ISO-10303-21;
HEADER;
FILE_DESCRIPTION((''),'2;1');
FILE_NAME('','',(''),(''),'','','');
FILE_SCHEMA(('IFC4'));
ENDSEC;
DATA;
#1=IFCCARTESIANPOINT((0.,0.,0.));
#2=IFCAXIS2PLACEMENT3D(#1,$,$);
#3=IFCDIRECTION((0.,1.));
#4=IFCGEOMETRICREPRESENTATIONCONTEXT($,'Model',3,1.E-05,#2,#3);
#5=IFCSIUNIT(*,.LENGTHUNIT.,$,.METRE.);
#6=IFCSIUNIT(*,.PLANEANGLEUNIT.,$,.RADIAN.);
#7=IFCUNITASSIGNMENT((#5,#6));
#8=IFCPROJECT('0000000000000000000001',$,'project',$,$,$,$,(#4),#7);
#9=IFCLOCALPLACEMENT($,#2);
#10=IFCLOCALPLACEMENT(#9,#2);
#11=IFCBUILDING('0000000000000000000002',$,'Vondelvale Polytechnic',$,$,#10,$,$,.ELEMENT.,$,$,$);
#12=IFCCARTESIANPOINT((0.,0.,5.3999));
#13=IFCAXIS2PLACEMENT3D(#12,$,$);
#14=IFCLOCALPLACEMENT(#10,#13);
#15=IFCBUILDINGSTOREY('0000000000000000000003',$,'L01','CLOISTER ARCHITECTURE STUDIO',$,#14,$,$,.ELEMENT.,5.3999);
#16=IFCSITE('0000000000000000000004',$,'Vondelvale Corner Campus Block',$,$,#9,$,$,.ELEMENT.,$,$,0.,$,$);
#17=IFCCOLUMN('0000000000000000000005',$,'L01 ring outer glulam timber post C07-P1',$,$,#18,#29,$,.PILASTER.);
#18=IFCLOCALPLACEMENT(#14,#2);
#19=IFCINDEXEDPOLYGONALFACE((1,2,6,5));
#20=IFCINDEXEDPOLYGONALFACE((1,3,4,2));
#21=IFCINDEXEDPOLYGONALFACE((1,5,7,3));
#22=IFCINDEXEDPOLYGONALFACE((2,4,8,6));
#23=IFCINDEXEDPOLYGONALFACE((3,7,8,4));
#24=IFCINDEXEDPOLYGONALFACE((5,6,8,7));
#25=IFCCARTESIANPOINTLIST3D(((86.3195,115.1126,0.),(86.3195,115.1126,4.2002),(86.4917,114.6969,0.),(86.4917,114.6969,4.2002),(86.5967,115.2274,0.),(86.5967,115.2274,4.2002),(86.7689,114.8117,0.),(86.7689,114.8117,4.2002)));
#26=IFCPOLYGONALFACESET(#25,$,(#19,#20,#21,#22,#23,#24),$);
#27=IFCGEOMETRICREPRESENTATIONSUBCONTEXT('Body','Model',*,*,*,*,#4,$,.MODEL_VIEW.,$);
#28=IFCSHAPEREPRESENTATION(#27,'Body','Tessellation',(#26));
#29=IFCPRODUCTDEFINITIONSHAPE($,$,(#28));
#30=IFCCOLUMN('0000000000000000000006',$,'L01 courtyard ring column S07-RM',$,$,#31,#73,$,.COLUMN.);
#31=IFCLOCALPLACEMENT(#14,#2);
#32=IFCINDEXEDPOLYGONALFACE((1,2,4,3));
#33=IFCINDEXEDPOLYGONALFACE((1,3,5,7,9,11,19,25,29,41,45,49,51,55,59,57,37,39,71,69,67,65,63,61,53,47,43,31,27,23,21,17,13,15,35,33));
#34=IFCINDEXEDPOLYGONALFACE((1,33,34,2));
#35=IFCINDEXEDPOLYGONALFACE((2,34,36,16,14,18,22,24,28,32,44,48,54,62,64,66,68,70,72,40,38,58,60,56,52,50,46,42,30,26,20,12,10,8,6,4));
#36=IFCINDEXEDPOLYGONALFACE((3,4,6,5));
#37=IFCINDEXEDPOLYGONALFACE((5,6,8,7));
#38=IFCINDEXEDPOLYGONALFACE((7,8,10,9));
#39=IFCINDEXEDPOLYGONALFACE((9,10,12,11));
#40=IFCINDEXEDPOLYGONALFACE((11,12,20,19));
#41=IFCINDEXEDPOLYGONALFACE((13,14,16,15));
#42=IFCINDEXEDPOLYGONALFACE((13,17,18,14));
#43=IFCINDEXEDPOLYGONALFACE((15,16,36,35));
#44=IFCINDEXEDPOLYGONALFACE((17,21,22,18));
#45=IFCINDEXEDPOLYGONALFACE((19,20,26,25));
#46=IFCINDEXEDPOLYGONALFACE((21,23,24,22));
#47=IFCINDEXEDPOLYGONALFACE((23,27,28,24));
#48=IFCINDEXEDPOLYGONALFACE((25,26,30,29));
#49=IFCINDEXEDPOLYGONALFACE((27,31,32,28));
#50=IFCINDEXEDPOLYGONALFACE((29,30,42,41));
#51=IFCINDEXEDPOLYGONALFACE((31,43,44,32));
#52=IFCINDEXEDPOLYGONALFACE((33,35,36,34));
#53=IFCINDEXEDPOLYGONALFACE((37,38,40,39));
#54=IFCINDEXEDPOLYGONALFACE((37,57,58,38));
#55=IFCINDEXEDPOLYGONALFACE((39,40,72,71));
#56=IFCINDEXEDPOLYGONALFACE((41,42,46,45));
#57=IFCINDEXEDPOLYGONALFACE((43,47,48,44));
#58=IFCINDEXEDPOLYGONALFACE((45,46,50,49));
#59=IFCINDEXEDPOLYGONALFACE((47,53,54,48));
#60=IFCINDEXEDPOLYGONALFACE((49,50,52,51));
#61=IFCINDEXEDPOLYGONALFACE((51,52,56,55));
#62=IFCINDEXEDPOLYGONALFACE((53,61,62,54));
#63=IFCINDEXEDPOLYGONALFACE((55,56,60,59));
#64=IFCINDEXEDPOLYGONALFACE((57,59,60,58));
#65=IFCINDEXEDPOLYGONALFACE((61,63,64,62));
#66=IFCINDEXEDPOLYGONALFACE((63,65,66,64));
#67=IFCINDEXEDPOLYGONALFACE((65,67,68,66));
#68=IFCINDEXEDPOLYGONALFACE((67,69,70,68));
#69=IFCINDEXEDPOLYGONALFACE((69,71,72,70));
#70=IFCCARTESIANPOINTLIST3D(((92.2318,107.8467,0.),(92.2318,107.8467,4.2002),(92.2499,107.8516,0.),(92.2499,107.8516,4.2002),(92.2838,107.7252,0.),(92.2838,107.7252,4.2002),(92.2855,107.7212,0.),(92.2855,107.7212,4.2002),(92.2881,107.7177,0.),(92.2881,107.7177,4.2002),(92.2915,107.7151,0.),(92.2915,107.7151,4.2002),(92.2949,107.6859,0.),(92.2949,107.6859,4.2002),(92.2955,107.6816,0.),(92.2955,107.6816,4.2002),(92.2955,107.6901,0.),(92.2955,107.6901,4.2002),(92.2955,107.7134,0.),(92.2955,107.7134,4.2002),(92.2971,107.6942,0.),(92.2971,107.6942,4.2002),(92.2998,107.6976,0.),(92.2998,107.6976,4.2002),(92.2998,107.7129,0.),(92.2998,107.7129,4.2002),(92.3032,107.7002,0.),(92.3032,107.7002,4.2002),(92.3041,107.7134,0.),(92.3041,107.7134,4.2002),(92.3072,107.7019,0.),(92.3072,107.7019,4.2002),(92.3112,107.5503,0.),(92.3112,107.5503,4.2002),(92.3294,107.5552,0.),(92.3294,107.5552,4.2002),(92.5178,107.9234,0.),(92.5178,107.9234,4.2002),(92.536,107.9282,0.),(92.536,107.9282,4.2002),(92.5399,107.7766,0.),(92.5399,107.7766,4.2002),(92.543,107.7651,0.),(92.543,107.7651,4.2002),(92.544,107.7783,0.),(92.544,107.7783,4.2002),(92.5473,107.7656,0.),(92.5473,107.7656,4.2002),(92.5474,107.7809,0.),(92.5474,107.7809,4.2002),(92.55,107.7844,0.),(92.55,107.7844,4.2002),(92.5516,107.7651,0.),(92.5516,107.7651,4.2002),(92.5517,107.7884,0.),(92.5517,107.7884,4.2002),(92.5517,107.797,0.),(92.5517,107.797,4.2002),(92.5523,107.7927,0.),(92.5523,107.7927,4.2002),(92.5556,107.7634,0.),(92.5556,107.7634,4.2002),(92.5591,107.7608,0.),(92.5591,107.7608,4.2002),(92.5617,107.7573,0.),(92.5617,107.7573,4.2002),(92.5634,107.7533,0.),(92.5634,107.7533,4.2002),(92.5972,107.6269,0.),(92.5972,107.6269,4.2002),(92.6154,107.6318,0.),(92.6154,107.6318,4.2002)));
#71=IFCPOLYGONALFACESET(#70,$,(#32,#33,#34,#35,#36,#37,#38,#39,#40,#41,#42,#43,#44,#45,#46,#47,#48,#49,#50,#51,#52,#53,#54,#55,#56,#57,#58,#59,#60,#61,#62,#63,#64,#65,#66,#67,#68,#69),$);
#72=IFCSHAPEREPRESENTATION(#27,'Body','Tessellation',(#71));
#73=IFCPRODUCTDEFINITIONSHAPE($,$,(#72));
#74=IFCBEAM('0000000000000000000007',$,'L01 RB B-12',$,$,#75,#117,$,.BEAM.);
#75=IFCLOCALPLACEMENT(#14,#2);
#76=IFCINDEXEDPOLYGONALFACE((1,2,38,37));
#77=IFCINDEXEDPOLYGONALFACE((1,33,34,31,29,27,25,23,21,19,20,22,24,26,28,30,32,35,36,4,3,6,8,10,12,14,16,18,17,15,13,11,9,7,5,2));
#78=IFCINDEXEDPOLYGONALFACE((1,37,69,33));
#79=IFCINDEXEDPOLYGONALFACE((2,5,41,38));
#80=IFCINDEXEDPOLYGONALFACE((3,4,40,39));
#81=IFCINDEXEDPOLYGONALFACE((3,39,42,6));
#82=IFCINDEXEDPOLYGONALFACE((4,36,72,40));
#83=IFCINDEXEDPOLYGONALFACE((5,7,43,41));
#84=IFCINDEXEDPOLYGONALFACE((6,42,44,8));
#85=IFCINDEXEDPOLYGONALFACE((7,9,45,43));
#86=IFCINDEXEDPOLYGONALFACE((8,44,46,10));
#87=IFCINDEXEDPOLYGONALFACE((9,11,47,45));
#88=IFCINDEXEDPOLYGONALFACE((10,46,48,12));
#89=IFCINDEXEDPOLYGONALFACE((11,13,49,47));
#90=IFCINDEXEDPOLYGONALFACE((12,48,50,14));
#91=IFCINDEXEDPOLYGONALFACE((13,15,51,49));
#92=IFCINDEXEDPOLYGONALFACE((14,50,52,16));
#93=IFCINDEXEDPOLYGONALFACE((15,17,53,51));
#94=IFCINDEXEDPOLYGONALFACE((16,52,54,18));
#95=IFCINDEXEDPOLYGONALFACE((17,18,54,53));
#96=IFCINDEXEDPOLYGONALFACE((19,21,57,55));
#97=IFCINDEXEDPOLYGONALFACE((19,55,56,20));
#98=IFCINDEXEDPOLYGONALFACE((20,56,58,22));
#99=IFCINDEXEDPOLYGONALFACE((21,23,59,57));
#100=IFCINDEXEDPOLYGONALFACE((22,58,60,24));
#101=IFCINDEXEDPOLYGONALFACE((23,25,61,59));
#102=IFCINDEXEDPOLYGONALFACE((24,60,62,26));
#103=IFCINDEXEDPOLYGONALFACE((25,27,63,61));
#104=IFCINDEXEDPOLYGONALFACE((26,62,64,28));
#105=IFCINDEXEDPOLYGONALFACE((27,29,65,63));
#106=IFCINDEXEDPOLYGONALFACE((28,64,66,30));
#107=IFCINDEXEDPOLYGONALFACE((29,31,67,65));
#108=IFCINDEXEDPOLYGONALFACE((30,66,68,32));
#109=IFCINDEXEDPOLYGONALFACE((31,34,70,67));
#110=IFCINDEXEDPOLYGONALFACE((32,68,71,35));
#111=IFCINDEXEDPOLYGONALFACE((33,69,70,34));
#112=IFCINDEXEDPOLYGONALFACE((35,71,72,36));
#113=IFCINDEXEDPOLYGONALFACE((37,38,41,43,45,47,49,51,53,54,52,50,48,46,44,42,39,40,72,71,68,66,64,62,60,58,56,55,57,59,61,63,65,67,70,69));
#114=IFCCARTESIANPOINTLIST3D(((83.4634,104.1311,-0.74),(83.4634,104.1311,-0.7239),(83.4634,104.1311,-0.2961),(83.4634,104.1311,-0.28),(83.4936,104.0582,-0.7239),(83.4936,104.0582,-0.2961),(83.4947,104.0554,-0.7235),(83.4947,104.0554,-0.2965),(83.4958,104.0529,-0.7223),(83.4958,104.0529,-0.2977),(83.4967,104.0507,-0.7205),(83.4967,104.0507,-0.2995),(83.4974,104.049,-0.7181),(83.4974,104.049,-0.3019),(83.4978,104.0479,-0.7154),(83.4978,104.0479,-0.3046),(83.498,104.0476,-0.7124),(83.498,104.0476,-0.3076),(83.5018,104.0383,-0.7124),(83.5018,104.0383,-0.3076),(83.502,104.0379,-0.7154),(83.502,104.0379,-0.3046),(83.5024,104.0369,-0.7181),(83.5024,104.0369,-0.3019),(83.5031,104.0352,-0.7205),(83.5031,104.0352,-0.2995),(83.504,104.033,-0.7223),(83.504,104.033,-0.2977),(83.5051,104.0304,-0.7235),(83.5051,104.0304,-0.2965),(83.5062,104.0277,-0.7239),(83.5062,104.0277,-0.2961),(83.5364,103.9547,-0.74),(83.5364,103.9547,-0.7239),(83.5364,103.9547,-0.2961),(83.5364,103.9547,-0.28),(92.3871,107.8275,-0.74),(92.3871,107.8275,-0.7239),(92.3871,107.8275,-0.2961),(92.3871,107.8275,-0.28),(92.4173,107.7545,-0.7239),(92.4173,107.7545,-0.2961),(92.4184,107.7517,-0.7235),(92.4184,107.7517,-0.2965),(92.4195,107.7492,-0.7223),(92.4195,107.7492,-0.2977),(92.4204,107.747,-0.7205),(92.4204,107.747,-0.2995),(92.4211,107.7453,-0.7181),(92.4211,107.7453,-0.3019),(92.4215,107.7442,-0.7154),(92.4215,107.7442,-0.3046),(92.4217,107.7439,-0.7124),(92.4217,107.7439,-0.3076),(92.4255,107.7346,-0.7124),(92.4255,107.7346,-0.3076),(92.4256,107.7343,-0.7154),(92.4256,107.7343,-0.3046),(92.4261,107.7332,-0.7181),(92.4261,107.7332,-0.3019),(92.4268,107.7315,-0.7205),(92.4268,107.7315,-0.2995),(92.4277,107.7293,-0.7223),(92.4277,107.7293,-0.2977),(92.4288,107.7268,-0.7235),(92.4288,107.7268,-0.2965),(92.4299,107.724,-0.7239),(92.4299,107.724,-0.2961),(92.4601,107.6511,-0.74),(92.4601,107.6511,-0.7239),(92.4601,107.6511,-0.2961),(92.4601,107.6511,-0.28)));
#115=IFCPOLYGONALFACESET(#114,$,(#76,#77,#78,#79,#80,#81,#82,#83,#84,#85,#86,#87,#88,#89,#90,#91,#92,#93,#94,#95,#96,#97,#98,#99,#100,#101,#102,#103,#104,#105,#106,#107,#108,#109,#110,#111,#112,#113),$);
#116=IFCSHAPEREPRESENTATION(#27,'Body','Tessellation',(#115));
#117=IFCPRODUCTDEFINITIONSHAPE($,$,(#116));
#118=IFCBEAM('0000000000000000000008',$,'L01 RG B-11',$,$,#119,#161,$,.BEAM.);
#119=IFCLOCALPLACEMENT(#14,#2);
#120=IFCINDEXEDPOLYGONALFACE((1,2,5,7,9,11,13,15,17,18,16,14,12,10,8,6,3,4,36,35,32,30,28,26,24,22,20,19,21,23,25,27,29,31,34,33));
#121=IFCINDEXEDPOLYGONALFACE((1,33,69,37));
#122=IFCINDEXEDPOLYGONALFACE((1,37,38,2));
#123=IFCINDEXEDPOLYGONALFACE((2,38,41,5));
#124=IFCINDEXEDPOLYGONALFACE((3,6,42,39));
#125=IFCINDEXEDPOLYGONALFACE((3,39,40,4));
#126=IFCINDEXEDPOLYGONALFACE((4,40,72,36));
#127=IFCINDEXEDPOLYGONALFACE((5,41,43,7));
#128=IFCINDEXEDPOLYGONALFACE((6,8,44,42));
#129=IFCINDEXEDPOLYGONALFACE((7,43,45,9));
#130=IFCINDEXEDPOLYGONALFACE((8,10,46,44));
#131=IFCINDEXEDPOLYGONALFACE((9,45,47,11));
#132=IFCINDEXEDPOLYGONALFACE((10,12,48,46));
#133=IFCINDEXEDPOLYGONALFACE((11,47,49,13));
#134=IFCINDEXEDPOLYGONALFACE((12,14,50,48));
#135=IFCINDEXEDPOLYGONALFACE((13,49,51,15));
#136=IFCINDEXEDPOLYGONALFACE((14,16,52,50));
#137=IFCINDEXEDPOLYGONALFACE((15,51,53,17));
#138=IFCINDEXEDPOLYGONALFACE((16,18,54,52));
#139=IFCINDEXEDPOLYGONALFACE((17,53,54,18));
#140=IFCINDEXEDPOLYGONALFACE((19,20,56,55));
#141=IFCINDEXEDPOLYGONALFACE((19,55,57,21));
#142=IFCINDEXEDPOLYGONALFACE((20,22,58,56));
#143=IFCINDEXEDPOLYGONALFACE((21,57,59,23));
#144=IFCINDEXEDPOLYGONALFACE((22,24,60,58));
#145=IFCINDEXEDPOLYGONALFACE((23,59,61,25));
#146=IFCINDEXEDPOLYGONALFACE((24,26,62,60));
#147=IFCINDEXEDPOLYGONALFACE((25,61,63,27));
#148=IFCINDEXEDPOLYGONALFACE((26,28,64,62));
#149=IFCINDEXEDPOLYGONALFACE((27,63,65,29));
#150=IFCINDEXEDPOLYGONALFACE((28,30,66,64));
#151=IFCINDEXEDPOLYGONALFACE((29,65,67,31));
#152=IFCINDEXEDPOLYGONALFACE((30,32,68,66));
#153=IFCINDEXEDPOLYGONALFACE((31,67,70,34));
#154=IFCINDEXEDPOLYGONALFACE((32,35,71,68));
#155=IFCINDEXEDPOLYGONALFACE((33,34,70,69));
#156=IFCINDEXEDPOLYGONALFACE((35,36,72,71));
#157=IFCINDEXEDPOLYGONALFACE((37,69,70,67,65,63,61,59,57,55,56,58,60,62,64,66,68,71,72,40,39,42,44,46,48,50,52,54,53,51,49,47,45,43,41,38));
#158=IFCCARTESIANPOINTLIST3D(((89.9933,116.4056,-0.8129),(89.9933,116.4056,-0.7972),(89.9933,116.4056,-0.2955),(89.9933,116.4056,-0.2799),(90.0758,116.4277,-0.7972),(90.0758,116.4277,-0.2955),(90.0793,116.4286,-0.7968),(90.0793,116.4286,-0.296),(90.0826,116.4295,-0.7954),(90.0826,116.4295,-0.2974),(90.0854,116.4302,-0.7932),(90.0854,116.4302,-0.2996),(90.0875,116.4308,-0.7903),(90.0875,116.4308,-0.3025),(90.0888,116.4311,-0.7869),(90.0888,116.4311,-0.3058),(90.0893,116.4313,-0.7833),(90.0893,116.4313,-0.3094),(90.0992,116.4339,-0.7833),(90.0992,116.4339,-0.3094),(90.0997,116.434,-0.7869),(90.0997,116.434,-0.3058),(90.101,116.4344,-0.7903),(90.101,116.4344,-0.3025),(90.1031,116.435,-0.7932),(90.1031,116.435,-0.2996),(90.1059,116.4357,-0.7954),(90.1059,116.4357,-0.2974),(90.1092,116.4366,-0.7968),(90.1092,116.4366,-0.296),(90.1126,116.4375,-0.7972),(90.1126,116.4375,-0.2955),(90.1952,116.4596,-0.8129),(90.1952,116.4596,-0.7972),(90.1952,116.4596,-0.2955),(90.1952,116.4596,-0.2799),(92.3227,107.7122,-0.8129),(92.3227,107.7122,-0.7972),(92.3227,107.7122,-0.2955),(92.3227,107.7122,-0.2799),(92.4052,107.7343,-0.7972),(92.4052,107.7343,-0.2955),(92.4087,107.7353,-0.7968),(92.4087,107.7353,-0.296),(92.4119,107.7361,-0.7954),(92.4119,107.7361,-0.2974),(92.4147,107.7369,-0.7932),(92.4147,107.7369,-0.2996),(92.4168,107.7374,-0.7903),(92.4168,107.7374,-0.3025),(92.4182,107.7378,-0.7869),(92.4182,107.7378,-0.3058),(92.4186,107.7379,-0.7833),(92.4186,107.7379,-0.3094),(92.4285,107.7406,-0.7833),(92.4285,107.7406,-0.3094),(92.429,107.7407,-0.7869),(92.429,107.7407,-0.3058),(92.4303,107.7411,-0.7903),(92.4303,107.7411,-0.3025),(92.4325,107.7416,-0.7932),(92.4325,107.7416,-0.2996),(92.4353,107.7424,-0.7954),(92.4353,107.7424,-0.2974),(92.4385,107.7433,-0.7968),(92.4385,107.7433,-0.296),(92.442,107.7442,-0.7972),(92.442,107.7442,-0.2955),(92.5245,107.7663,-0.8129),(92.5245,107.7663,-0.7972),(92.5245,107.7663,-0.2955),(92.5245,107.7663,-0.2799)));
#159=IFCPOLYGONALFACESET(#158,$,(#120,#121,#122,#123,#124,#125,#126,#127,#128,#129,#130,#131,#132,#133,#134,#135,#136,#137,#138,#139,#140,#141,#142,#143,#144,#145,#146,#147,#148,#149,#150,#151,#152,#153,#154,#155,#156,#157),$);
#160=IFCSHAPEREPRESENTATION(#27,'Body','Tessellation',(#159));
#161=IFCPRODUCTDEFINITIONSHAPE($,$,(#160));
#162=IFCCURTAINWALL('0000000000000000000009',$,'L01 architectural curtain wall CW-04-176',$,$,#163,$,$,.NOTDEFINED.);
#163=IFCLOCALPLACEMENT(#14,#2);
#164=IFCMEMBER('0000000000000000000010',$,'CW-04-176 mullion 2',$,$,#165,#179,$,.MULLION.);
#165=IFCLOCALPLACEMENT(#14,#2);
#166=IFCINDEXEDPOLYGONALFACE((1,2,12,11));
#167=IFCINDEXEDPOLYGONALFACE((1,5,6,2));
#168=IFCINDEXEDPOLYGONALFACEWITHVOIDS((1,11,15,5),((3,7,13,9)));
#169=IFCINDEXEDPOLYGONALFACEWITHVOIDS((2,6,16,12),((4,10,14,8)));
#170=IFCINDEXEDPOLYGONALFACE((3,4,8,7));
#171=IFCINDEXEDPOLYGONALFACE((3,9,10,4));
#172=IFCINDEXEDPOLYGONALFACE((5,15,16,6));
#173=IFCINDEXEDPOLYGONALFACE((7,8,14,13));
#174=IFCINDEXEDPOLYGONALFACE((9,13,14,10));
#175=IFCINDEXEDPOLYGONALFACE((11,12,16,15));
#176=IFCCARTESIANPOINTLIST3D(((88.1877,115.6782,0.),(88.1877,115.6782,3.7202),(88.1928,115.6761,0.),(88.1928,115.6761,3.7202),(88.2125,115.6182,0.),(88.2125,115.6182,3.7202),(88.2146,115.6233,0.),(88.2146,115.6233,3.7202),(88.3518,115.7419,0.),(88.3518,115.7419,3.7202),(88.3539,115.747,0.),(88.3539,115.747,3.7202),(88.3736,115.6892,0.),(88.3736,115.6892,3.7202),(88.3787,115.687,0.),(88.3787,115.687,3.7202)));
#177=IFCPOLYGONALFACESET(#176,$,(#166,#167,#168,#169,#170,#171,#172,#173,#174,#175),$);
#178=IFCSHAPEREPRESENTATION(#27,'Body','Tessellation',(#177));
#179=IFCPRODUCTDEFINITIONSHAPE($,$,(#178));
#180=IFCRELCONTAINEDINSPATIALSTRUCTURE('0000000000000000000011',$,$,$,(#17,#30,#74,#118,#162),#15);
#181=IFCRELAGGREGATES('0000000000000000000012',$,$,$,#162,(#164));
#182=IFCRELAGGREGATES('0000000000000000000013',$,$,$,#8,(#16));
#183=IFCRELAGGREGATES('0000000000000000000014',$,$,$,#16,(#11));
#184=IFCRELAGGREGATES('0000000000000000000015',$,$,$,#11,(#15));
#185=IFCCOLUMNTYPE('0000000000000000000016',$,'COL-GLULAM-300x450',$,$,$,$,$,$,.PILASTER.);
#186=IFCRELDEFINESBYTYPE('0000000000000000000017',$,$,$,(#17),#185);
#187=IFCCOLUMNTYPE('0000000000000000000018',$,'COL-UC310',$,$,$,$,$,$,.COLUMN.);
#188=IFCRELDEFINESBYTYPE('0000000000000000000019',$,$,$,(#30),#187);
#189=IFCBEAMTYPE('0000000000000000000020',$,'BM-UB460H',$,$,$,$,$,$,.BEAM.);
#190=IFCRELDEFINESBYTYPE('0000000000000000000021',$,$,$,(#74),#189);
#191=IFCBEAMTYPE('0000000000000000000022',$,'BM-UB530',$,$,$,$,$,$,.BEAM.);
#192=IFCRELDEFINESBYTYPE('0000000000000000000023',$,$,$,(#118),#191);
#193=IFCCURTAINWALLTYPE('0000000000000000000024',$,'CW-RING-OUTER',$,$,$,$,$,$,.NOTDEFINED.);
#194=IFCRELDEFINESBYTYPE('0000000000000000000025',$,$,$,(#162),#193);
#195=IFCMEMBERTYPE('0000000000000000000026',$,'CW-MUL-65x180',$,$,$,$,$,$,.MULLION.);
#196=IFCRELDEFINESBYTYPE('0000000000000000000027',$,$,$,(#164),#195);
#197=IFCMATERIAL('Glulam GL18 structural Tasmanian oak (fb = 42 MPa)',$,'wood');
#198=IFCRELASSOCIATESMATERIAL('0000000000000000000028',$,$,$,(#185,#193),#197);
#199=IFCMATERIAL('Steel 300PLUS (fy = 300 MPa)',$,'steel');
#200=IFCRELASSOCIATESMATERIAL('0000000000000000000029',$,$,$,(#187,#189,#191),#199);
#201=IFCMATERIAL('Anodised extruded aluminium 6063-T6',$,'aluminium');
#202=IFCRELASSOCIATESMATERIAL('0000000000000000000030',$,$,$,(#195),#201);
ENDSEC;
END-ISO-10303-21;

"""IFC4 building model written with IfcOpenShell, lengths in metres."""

from ifc_helpers import new_model, si_unit, direction, frame, origin, origin_2d, place, context, subcontext, project, spatial, rectangle, hollow_rectangle, i_section, extrude, material, material_profile, profile_set, type_object, element, aggregate, save


model = new_model("IFC4")

# Units and contexts
model_context = context("Model", 3, precision=1e-05, world=origin(), true_north=direction((0.0, 1.0)))
body_context = subcontext(model_context, "Body", "Model", "MODEL_VIEW")
ifc_project = project(units=[si_unit("LENGTHUNIT", "METRE"), si_unit("PLANEANGLEUNIT", "RADIAN")], contexts=[model_context])

# Site, building, storey
site_placement = place(None, origin())
site = spatial("IfcSite", under=ifc_project, at=site_placement, Name="Vondelvale Corner Campus Block", CompositionType="ELEMENT", RefElevation=0.0)
building_placement = place(site_placement, origin())
building = spatial("IfcBuilding", under=site, at=building_placement, Name="Vondelvale Polytechnic", CompositionType="ELEMENT")
storey_placement = place(building_placement, frame((0.0, 0.0, 5.3999)))
storey = spatial("IfcBuildingStorey", under=building, at=storey_placement, Name="L01", Description="CLOISTER ARCHITECTURE STUDIO", CompositionType="ELEMENT", Elevation=5.3999)

# Columns
ifc_material_1 = material(Name="Glulam GL18 structural Tasmanian oak (fb = 42 MPa)", Category="wood")
ifc_material_profile_1 = material_profile(ifc_material_1, rectangle(XDim=0.3, YDim=0.45, at=origin_2d()), Name="GL-POST-300x450")
ifc_profile_set_1 = profile_set([ifc_material_profile_1], Name="Glulam GL18 structural Tasmanian oak (fb = 42 MPa)")
column_type_1 = type_object("IfcColumnType", Name="COL-GLULAM-300x450", PredefinedType="PILASTER", material=ifc_profile_set_1)
column_1_placement = place(storey_placement, frame((86.5442, 114.9622, 0.0), z_axis=(0.0, 0.0, 1.0), x_axis=(0.92388, 0.382683, 0.0)))
element("IfcColumn", 1, at=column_1_placement, inside=storey, type_object=column_type_1, Name="L01 ring outer glulam timber post C07-P1", PredefinedType="PILASTER", context=body_context, shape_type="SweptSolid", body=[
    extrude(rectangle(XDim=0.3, YDim=0.45, at=origin_2d()), origin(), (0.0, 0.0, 1.0), 4.2002),
])
ifc_material_2 = material(Name="Steel 300PLUS (fy = 300 MPa)", Category="steel")
ifc_material_profile_2 = material_profile(ifc_material_2, i_section(OverallWidth=0.3069, OverallDepth=0.3149, WebThickness=0.012, FlangeThickness=0.0188, FilletRadius=0.0166, at=origin_2d()), Name="310UC118")
ifc_profile_set_2 = profile_set([ifc_material_profile_2], Name="Steel 300PLUS (fy = 300 MPa)")
column_type_2 = type_object("IfcColumnType", Name="COL-UC310", PredefinedType="COLUMN", material=ifc_profile_set_2)
column_2_placement = place(storey_placement, frame((92.4236, 107.7393, 0.0), z_axis=(0.0, 0.0, 1.0), x_axis=(-0.258819, 0.965926, 0.0)))
element("IfcColumn", 2, at=column_2_placement, inside=storey, type_object=column_type_2, Name="L01 courtyard ring column S07-RM", PredefinedType="COLUMN", context=body_context, shape_type="SweptSolid", body=[
    extrude(i_section(OverallWidth=0.3069, OverallDepth=0.3149, WebThickness=0.012, FlangeThickness=0.0188, FilletRadius=0.0166, at=origin_2d()), origin(), (0.0, 0.0, 1.0), 4.2002),
])

# Beams
ifc_material_profile_3 = material_profile(ifc_material_2, i_section(OverallWidth=0.1909, OverallDepth=0.46, WebThickness=0.01, FlangeThickness=0.0161, FilletRadius=0.0115, at=origin_2d()), Name="460UB82.1")
ifc_profile_set_3 = profile_set([ifc_material_profile_3], Name="Steel 300PLUS (fy = 300 MPa)")
beam_type_1 = type_object("IfcBeamType", Name="BM-UB460H", PredefinedType="BEAM", material=ifc_profile_set_3)
beam_1_placement = place(storey_placement, frame((92.4236, 107.7393, -0.51), z_axis=(-0.923879, -0.382685, 0.0), x_axis=(0.382685, -0.923879, 0.0)))
element("IfcBeam", 3, at=beam_1_placement, inside=storey, type_object=beam_type_1, Name="L01 RB B-12", PredefinedType="BEAM", context=body_context, shape_type="SweptSolid", body=[
    extrude(i_section(OverallWidth=0.1909, OverallDepth=0.46, WebThickness=0.01, FlangeThickness=0.0161, FilletRadius=0.0115, at=origin_2d()), origin(), (0.0, 0.0, 1.0), 9.6589),
])
ifc_material_profile_4 = material_profile(ifc_material_2, i_section(OverallWidth=0.209, OverallDepth=0.533, WebThickness=0.0103, FlangeThickness=0.0156, FilletRadius=0.0139, at=origin_2d()), Name="530UB92.4")
ifc_profile_set_4 = profile_set([ifc_material_profile_4], Name="Steel 300PLUS (fy = 300 MPa)")
beam_type_2 = type_object("IfcBeamType", Name="BM-UB530", PredefinedType="BEAM", material=ifc_profile_set_4)
beam_2_placement = place(storey_placement, frame((92.4236, 107.7393, -0.5464), z_axis=(-0.258816, 0.965927, 0.0), x_axis=(-0.965927, -0.258816, 0.0)))
element("IfcBeam", 4, at=beam_2_placement, inside=storey, type_object=beam_type_2, Name="L01 RG B-11", PredefinedType="BEAM", context=body_context, shape_type="SweptSolid", body=[
    extrude(i_section(OverallWidth=0.209, OverallDepth=0.533, WebThickness=0.0103, FlangeThickness=0.0156, FilletRadius=0.0139, at=origin_2d()), origin(), (0.0, 0.0, 1.0), 9.0),
])

# Curtain wall, member
curtain_wall_type = type_object("IfcCurtainWallType", Name="CW-RING-OUTER", PredefinedType="NOTDEFINED", material=ifc_material_1)
curtain_wall_1_placement = place(storey_placement, origin())
curtain_wall_1 = element("IfcCurtainWall", 5, at=curtain_wall_1_placement, inside=storey, type_object=curtain_wall_type, Name="L01 architectural curtain wall CW-04-176", PredefinedType="NOTDEFINED")
ifc_material_3 = material(Name="Anodised extruded aluminium 6063-T6", Category="aluminium")
ifc_material_profile_5 = material_profile(ifc_material_3, hollow_rectangle(XDim=0.0649, YDim=0.1799, WallThickness=0.0039, at=origin_2d()), Name="CW-MUL-180x65")
ifc_profile_set_5 = profile_set([ifc_material_profile_5], Name="Anodised extruded aluminium 6063-T6")
member_type_1 = type_object("IfcMemberType", Name="CW-MUL-65x180", PredefinedType="MULLION", material=ifc_profile_set_5)
member_1_placement = place(storey_placement, frame((88.2832, 115.6826, 0.0), z_axis=(0.0, 0.0, 1.0), x_axis=(0.382677, -0.923882, 0.0)))
member_1 = element("IfcMember", 6, at=member_1_placement, type_object=member_type_1, Name="CW-04-176 mullion 2", PredefinedType="MULLION", context=body_context, shape_type="SweptSolid", body=[
    extrude(hollow_rectangle(XDim=0.0649, YDim=0.1799, WallThickness=0.0039, at=origin_2d()), origin(), (0.0, 0.0, 1.0), 3.7202),
])

aggregate(curtain_wall_1, [member_1])

save(model, "model.ifc")
